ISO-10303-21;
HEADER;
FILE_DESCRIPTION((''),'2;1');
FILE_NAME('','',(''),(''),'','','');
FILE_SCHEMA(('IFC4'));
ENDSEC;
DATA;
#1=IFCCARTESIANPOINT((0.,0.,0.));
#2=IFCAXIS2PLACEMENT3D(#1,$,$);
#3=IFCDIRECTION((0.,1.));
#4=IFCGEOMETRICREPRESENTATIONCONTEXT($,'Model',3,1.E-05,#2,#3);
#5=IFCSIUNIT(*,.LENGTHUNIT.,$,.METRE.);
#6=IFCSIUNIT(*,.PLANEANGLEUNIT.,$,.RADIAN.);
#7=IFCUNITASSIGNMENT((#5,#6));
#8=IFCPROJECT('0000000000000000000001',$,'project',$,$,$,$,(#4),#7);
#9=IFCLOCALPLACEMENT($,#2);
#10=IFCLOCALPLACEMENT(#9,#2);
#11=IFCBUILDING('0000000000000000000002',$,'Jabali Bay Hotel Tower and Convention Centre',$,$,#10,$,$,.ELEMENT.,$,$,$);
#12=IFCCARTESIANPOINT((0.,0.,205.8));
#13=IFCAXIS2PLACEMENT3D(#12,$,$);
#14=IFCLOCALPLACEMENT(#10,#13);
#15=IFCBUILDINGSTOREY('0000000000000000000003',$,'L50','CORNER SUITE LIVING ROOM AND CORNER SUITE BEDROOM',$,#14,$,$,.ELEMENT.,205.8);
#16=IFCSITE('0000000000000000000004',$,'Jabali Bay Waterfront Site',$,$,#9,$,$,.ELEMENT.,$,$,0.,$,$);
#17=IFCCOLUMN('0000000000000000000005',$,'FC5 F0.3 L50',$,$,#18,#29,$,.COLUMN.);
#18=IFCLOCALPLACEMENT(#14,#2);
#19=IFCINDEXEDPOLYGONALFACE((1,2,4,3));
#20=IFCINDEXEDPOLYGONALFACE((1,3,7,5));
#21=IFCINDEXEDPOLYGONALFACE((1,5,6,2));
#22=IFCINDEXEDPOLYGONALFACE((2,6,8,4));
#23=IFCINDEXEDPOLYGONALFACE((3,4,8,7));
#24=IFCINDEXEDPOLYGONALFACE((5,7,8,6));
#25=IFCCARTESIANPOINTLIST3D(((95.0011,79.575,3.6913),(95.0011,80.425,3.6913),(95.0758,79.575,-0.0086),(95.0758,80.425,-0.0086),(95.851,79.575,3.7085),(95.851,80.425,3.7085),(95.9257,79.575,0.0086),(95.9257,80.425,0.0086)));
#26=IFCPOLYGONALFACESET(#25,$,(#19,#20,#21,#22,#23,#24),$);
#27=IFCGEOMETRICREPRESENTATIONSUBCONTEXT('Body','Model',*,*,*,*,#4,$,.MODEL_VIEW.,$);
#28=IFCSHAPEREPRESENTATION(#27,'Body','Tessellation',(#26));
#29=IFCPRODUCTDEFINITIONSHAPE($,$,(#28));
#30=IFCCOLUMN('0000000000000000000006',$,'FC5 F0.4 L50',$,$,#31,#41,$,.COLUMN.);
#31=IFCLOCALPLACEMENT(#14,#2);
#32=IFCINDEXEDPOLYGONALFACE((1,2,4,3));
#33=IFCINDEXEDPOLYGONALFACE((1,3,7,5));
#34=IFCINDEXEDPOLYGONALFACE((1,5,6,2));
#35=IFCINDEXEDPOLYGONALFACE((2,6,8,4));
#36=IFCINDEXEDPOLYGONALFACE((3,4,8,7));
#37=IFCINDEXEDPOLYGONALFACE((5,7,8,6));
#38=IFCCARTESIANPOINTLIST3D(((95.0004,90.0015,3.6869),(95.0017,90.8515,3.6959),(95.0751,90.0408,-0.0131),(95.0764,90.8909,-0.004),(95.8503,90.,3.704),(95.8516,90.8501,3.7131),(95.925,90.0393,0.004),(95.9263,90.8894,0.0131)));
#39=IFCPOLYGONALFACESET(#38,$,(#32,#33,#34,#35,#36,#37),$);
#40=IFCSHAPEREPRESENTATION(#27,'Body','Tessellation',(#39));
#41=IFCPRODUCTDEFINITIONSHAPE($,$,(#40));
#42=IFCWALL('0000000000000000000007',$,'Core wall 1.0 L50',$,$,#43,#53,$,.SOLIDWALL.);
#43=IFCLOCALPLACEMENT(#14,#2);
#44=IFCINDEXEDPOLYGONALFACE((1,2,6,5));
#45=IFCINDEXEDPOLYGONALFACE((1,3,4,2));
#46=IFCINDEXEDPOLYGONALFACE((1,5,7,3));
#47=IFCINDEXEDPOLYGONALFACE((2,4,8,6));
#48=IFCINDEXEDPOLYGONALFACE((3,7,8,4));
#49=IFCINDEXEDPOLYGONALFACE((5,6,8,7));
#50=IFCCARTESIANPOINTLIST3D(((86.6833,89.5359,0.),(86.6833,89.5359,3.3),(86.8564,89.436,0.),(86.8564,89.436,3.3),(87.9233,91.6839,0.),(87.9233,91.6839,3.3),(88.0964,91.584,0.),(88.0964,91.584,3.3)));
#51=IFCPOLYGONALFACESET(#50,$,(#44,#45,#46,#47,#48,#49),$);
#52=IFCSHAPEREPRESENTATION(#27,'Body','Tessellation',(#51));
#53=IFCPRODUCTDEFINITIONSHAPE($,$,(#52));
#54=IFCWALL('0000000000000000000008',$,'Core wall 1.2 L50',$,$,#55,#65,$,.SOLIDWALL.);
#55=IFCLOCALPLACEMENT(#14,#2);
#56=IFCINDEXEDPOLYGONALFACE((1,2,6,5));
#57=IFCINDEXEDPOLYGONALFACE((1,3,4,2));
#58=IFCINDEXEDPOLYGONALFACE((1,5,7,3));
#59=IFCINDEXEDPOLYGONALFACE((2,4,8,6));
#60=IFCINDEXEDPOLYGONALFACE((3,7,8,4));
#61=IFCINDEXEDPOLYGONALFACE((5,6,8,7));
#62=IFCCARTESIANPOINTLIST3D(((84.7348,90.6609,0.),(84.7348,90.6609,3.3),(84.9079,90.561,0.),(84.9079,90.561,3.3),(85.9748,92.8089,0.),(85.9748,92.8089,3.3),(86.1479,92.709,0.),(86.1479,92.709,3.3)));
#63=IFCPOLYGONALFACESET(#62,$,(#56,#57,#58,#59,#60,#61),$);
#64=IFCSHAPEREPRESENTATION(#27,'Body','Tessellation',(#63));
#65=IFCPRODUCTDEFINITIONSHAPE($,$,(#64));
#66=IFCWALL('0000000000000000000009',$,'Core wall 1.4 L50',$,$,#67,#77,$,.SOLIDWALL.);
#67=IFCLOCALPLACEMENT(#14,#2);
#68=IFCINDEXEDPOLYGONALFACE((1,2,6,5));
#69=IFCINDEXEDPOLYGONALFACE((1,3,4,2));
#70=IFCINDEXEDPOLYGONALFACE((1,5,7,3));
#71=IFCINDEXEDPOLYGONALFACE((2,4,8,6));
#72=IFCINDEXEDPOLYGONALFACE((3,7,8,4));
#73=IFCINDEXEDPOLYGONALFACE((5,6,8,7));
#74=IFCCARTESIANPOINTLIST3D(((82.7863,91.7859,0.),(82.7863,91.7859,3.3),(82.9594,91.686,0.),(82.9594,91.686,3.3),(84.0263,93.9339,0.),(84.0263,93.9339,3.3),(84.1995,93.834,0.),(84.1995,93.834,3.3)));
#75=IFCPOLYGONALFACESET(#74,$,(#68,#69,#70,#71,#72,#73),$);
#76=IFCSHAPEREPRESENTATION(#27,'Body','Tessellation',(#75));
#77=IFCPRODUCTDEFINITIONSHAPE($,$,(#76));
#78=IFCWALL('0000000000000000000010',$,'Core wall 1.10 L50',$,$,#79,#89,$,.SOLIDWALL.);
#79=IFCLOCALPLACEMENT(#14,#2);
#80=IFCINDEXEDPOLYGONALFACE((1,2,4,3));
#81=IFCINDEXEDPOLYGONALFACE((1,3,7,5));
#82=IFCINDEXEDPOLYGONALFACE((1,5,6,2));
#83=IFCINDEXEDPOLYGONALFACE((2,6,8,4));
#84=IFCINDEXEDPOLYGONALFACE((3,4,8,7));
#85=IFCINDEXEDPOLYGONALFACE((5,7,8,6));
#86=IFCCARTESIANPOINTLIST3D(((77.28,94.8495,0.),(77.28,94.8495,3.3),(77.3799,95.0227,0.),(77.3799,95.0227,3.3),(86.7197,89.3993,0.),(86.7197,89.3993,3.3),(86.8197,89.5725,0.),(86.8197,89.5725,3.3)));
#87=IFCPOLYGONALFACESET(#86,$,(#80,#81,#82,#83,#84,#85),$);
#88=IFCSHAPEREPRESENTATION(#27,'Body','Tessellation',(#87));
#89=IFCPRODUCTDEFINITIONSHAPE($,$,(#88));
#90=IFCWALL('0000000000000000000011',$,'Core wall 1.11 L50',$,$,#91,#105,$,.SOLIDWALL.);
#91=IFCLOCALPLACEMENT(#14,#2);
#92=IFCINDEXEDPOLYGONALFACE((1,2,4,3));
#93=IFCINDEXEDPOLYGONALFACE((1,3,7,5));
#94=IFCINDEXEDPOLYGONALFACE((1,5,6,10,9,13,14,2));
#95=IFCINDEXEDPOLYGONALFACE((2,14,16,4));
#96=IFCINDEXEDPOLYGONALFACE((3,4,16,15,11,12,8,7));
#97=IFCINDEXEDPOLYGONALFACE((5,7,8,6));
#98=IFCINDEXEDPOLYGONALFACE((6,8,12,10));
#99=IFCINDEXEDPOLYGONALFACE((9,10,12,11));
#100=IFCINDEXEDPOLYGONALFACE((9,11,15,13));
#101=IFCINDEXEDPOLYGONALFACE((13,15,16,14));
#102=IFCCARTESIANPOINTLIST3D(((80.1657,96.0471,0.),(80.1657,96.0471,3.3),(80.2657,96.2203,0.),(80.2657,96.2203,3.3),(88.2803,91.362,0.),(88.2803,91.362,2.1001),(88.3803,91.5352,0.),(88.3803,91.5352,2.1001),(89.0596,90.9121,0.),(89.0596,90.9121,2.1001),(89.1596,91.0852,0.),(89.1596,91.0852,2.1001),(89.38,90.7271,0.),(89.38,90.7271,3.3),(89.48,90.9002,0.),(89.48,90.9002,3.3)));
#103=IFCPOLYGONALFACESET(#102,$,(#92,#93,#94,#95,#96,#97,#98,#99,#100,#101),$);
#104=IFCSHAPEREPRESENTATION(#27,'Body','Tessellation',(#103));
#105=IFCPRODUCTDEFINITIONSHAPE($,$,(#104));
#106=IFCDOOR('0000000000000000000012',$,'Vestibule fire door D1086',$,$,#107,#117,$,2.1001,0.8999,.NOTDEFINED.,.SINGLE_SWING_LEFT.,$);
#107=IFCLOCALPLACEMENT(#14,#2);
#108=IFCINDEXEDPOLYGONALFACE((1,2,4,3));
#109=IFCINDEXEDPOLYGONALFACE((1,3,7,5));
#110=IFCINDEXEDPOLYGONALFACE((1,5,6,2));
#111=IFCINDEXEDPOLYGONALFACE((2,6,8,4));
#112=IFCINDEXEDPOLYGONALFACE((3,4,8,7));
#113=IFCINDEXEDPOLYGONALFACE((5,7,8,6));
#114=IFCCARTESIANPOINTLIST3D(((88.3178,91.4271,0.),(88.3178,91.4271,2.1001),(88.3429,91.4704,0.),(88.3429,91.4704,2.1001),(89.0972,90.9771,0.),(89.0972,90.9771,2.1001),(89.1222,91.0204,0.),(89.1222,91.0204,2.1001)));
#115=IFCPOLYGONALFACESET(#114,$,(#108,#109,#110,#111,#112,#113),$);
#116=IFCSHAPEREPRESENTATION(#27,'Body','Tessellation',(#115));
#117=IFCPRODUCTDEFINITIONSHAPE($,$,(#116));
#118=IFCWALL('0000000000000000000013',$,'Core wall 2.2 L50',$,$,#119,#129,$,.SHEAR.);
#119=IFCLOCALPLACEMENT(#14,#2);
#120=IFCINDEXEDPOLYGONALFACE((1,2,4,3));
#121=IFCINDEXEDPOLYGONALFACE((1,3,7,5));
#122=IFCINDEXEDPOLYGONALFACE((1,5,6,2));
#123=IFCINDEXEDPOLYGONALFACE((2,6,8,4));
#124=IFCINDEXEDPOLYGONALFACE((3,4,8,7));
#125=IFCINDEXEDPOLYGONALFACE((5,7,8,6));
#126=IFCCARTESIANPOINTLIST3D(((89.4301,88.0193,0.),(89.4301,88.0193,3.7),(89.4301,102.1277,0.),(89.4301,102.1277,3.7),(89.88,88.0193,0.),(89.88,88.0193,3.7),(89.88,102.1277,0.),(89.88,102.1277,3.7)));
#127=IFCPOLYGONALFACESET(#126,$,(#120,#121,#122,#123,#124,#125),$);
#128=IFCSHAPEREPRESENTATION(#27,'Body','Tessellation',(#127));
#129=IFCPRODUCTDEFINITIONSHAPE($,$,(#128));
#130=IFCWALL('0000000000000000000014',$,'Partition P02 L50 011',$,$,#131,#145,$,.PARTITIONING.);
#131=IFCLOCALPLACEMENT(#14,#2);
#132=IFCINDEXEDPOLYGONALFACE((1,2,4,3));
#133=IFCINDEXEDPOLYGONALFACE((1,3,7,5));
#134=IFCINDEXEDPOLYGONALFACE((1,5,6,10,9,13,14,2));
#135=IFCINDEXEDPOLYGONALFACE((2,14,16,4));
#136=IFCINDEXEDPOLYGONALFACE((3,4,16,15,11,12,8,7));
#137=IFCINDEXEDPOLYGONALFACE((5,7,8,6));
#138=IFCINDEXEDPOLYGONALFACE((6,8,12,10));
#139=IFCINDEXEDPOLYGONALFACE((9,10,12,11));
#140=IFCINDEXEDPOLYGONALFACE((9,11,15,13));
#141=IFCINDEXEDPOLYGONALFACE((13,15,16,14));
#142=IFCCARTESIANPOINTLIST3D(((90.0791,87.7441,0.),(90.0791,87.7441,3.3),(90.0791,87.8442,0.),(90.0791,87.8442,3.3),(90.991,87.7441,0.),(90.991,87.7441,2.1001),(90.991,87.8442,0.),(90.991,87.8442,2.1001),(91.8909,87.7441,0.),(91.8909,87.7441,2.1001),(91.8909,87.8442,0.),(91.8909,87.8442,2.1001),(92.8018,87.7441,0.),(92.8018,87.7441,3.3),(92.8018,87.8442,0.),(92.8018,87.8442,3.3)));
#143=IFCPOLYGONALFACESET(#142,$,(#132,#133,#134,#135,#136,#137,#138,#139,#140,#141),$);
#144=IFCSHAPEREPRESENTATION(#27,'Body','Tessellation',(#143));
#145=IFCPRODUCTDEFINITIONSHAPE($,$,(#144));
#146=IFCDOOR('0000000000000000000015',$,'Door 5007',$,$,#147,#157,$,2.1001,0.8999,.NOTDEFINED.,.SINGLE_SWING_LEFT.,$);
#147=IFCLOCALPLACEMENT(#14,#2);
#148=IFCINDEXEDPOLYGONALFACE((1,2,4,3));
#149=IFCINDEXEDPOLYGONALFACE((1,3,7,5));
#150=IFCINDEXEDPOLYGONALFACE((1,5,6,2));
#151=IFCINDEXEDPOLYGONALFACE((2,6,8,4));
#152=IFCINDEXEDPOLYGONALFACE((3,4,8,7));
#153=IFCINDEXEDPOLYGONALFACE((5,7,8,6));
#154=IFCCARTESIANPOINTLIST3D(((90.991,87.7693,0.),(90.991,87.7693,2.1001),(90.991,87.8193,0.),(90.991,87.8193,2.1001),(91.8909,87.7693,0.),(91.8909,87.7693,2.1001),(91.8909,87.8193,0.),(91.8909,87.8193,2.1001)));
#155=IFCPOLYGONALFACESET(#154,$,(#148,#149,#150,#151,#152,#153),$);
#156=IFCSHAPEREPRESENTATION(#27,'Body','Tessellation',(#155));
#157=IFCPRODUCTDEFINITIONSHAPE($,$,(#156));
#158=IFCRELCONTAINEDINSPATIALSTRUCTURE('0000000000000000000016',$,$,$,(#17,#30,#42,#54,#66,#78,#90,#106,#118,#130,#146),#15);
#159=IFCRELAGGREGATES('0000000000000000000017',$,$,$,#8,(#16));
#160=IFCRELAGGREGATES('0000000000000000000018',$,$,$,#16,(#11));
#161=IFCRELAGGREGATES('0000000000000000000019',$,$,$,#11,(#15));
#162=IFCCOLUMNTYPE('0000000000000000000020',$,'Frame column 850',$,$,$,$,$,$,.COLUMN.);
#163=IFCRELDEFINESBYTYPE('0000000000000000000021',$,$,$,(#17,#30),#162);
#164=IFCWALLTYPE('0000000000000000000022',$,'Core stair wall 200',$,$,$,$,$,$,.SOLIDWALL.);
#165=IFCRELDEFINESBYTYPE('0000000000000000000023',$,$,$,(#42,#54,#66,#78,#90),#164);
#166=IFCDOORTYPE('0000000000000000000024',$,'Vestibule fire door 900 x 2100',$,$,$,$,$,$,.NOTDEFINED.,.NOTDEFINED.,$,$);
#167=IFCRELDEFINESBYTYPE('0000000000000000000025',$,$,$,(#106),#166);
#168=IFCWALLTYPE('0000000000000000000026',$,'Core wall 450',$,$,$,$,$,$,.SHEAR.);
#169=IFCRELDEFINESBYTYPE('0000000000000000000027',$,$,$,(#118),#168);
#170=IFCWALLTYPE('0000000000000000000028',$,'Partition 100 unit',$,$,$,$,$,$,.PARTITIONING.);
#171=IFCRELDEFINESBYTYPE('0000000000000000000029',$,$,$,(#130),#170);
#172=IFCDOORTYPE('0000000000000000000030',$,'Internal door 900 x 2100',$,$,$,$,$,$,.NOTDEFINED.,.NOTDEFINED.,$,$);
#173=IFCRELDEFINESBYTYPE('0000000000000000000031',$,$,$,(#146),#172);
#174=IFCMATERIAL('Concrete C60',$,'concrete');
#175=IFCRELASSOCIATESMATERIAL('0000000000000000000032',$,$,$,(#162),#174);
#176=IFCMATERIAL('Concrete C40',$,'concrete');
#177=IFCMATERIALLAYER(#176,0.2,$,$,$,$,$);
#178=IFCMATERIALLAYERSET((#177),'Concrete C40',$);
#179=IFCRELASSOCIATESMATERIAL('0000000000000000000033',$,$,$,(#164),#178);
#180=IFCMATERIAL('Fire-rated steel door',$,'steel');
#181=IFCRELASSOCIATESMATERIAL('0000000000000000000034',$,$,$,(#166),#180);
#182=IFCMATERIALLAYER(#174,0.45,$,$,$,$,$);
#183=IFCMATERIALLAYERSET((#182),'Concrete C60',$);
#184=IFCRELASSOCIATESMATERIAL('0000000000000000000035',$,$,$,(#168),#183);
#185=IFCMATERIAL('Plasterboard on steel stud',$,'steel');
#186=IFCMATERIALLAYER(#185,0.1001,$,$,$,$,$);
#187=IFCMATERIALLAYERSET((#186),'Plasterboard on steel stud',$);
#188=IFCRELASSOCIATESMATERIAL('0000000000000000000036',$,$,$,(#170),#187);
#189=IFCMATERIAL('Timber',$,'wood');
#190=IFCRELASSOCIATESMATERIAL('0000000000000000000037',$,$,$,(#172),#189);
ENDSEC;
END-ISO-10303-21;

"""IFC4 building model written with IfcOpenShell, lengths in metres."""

from ifc_helpers import new_model, si_unit, direction, frame, frame_2d, origin, origin_2d, place, context, subcontext, project, spatial, rectangle, extrude, material, layer, layer_set, material_profile, profile_set, type_object, element, fill, save


model = new_model("IFC4")

# Units and contexts
model_context = context("Model", 3, precision=1e-05, world=origin(), true_north=direction((0.0, 1.0)))
body_context = subcontext(model_context, "Body", "Model", "MODEL_VIEW")
ifc_project = project(units=[si_unit("LENGTHUNIT", "METRE"), si_unit("PLANEANGLEUNIT", "RADIAN")], contexts=[model_context])

# Site, building, storey
site_placement = place(None, origin())
site = spatial("IfcSite", under=ifc_project, at=site_placement, Name="Jabali Bay Waterfront Site", CompositionType="ELEMENT", RefElevation=0.0)
building_placement = place(site_placement, origin())
building = spatial("IfcBuilding", under=site, at=building_placement, Name="Jabali Bay Hotel Tower and Convention Centre", CompositionType="ELEMENT")
storey_placement = place(building_placement, frame((0.0, 0.0, 205.8)))
storey = spatial("IfcBuildingStorey", under=building, at=storey_placement, Name="L50", Description="CORNER SUITE LIVING ROOM AND CORNER SUITE BEDROOM", CompositionType="ELEMENT", Elevation=205.8)

# Columns
ifc_material_1 = material(Name="Concrete C60", Category="concrete")
ifc_material_profile = material_profile(ifc_material_1, rectangle(XDim=0.8501, YDim=0.8501, at=origin_2d()), Name="Frame column 850")
ifc_profile_set = profile_set([ifc_material_profile], Name="Concrete C60")
column_type = type_object("IfcColumnType", Name="Frame column 850", PredefinedType="COLUMN", material=ifc_profile_set)
column_1_placement = place(storey_placement, frame((95.5007, 80.0, 0.0), z_axis=(-0.020187, 0.0, 0.999796), x_axis=(0.0, -1.0, 0.0)))
element("IfcColumn", 1, at=column_1_placement, inside=storey, type_object=column_type, Name="FC5 F0.3 L50", PredefinedType="COLUMN", context=body_context, shape_type="SweptSolid", body=[
    extrude(rectangle(XDim=0.8501, YDim=0.8501, at=origin_2d()), origin(), (0.0, 0.0, 1.0), 3.7007),
])
column_2_placement = place(storey_placement, frame((95.5007, 90.4651, 0.0), z_axis=(-0.020186, -0.010621, 0.99974), x_axis=(0.999795, -0.001747, 0.020169)))
element("IfcColumn", 2, at=column_2_placement, inside=storey, type_object=column_type, Name="FC5 F0.4 L50", PredefinedType="COLUMN", context=body_context, shape_type="SweptSolid", body=[
    extrude(rectangle(XDim=0.8501, YDim=0.8501, at=origin_2d()), origin(), (0.0, 0.0, 1.0), 3.7009),
])

# Walls
ifc_material_2 = material(Name="Concrete C40", Category="concrete")
ifc_layer_1 = layer(ifc_material_2, 0.2)
ifc_layer_set_1 = layer_set([ifc_layer_1], Name="Concrete C40")
wall_type_1 = type_object("IfcWallType", Name="Core stair wall 200", PredefinedType="SOLIDWALL", material=ifc_layer_set_1)
for number, where, z_axis, x_axis, name in (
    (3, (86.7698, 89.4858, 0.0), (0.0, 0.0, 1.0), (0.499961, 0.866048, 0.0), "Core wall 1.0 L50"),
    (4, (84.8213, 90.6108, 0.0), (0.0, 0.0, 1.0), (0.499961, 0.866048, 0.0), "Core wall 1.2 L50"),
    (5, (82.8728, 91.7358, 0.0), (0.0, 0.0, 1.0), (0.499961, 0.866048, 0.0), "Core wall 1.4 L50"),
):
    element("IfcWall", number, at=place(storey_placement, frame(where, z_axis=z_axis, x_axis=x_axis)), inside=storey, type_object=wall_type_1, Name=name, PredefinedType="SOLIDWALL", context=body_context, shape_type="SweptSolid", body=[
        extrude(rectangle(XDim=2.4802, YDim=0.2, at=frame_2d((1.2402, 0.0))), origin(), (0.0, 0.0, 1.0), 3.3),
    ])
wall_1_placement = place(storey_placement, frame((86.7698, 89.4858, 0.0), z_axis=(0.0, 0.0, 1.0), x_axis=(-0.866018, 0.500013, 0.0)))
element("IfcWall", 6, at=wall_1_placement, inside=storey, type_object=wall_type_1, Name="Core wall 1.10 L50", PredefinedType="SOLIDWALL", context=body_context, shape_type="SweptSolid", body=[
    extrude(rectangle(XDim=10.9001, YDim=0.2, at=frame_2d((5.4502, 0.0))), origin(), (0.0, 0.0, 1.0), 3.3),
])

# Wall, opening, door
wall_2_placement = place(storey_placement, frame((89.4299, 90.8137, 0.0), z_axis=(0.0, 0.0, 1.0), x_axis=(-0.866019, 0.500011, 0.0)))
wall_2 = element("IfcWall", 7, at=wall_2_placement, inside=storey, type_object=wall_type_1, Name="Core wall 1.11 L50", PredefinedType="SOLIDWALL", context=body_context, shape_type="SweptSolid", body=[
    extrude(rectangle(XDim=10.6399, YDim=0.2, at=frame_2d((5.3198, 0.0))), origin(), (0.0, 0.0, 1.0), 3.3),
])
opening_1_placement = place(wall_2_placement, frame((0.3699, 0.0, 0.0)))
opening_1 = element("IfcOpeningElement", 8, at=opening_1_placement, cuts=wall_2, PredefinedType="OPENING", context=body_context, shape_type="SweptSolid", body=[
    extrude(rectangle(XDim=0.8999, YDim=2.1001, at=frame_2d((0.45, 1.05))), frame((0.0, 0.1104, 0.0), z_axis=(0.0, -1.0, 0.0), x_axis=(1.0, 0.0, 0.0)), (0.0, 0.0, 1.0), 0.2209),
])
ifc_material_3 = material(Name="Fire-rated steel door", Category="steel")
door_type_1 = type_object("IfcDoorType", Name="Vestibule fire door 900 x 2100", OperationType="NOTDEFINED", PredefinedType="NOTDEFINED", material=ifc_material_3)
door_1_placement = place(opening_1_placement, origin())
door_1 = element("IfcDoor", 9, at=door_1_placement, inside=storey, type_object=door_type_1, Name="Vestibule fire door D1086", OperationType="SINGLE_SWING_LEFT", OverallHeight=2.1001, OverallWidth=0.8999, PredefinedType="NOTDEFINED", context=body_context, shape_type="SweptSolid", body=[
    extrude(rectangle(XDim=0.8999, YDim=2.1001, at=frame_2d((0.45, 1.05))), frame((0.0, 0.0249, 0.0), z_axis=(0.0, -1.0, 0.0), x_axis=(1.0, 0.0, 0.0)), (0.0, 0.0, 1.0), 0.05),
])
fill(opening_1, door_1)

# Wall
ifc_layer_2 = layer(ifc_material_1, 0.45)
ifc_layer_set_2 = layer_set([ifc_layer_2], Name="Concrete C60")
wall_type_2 = type_object("IfcWallType", Name="Core wall 450", PredefinedType="SHEAR", material=ifc_layer_set_2)
wall_3_placement = place(storey_placement, frame((89.655, 88.0193, 0.0), z_axis=(0.0, 0.0, 1.0), x_axis=(0.0, 1.0, 0.0)))
element("IfcWall", 10, at=wall_3_placement, inside=storey, type_object=wall_type_2, Name="Core wall 2.2 L50", PredefinedType="SHEAR", context=body_context, shape_type="SweptSolid", body=[
    extrude(rectangle(XDim=14.1084, YDim=0.45, at=frame_2d((7.0542, 0.0))), origin(), (0.0, 0.0, 1.0), 3.7),
])

# Wall, opening, door
ifc_material_4 = material(Name="Plasterboard on steel stud", Category="steel")
ifc_layer_3 = layer(ifc_material_4, 0.1001)
ifc_layer_set_3 = layer_set([ifc_layer_3], Name="Plasterboard on steel stud")
wall_type_3 = type_object("IfcWallType", Name="Partition 100 unit", PredefinedType="PARTITIONING", material=ifc_layer_set_3)
wall_4_placement = place(storey_placement, frame((92.8018, 87.7942, 0.0), z_axis=(0.0, 0.0, 1.0), x_axis=(-1.0, 0.0, 0.0)))
wall_4 = element("IfcWall", 11, at=wall_4_placement, inside=storey, type_object=wall_type_3, Name="Partition P02 L50 011", PredefinedType="PARTITIONING", context=body_context, shape_type="SweptSolid", body=[
    extrude(rectangle(XDim=2.7227, YDim=0.1001, at=frame_2d((1.3613, 0.0))), origin(), (0.0, 0.0, 1.0), 3.3),
])
opening_2_placement = place(wall_4_placement, frame((0.9109, 0.0, 0.0)))
opening_2 = element("IfcOpeningElement", 12, at=opening_2_placement, cuts=wall_4, PredefinedType="OPENING", context=body_context, shape_type="SweptSolid", body=[
    extrude(rectangle(XDim=0.8999, YDim=2.1001, at=frame_2d((0.45, 1.05))), frame((0.0, 0.0605, 0.0), z_axis=(0.0, -1.0, 0.0), x_axis=(1.0, 0.0, 0.0)), (0.0, 0.0, 1.0), 0.1211),
])
ifc_material_5 = material(Name="Timber", Category="wood")
door_type_2 = type_object("IfcDoorType", Name="Internal door 900 x 2100", OperationType="NOTDEFINED", PredefinedType="NOTDEFINED", material=ifc_material_5)
door_2_placement = place(opening_2_placement, origin())
door_2 = element("IfcDoor", 13, at=door_2_placement, inside=storey, type_object=door_type_2, Name="Door 5007", OperationType="SINGLE_SWING_LEFT", OverallHeight=2.1001, OverallWidth=0.8999, PredefinedType="NOTDEFINED", context=body_context, shape_type="SweptSolid", body=[
    extrude(rectangle(XDim=0.8999, YDim=2.1001, at=frame_2d((0.45, 1.05))), frame((0.0, 0.0249, 0.0), z_axis=(0.0, -1.0, 0.0), x_axis=(1.0, 0.0, 0.0)), (0.0, 0.0, 1.0), 0.05),
])
fill(opening_2, door_2)

save(model, "model.ifc")
